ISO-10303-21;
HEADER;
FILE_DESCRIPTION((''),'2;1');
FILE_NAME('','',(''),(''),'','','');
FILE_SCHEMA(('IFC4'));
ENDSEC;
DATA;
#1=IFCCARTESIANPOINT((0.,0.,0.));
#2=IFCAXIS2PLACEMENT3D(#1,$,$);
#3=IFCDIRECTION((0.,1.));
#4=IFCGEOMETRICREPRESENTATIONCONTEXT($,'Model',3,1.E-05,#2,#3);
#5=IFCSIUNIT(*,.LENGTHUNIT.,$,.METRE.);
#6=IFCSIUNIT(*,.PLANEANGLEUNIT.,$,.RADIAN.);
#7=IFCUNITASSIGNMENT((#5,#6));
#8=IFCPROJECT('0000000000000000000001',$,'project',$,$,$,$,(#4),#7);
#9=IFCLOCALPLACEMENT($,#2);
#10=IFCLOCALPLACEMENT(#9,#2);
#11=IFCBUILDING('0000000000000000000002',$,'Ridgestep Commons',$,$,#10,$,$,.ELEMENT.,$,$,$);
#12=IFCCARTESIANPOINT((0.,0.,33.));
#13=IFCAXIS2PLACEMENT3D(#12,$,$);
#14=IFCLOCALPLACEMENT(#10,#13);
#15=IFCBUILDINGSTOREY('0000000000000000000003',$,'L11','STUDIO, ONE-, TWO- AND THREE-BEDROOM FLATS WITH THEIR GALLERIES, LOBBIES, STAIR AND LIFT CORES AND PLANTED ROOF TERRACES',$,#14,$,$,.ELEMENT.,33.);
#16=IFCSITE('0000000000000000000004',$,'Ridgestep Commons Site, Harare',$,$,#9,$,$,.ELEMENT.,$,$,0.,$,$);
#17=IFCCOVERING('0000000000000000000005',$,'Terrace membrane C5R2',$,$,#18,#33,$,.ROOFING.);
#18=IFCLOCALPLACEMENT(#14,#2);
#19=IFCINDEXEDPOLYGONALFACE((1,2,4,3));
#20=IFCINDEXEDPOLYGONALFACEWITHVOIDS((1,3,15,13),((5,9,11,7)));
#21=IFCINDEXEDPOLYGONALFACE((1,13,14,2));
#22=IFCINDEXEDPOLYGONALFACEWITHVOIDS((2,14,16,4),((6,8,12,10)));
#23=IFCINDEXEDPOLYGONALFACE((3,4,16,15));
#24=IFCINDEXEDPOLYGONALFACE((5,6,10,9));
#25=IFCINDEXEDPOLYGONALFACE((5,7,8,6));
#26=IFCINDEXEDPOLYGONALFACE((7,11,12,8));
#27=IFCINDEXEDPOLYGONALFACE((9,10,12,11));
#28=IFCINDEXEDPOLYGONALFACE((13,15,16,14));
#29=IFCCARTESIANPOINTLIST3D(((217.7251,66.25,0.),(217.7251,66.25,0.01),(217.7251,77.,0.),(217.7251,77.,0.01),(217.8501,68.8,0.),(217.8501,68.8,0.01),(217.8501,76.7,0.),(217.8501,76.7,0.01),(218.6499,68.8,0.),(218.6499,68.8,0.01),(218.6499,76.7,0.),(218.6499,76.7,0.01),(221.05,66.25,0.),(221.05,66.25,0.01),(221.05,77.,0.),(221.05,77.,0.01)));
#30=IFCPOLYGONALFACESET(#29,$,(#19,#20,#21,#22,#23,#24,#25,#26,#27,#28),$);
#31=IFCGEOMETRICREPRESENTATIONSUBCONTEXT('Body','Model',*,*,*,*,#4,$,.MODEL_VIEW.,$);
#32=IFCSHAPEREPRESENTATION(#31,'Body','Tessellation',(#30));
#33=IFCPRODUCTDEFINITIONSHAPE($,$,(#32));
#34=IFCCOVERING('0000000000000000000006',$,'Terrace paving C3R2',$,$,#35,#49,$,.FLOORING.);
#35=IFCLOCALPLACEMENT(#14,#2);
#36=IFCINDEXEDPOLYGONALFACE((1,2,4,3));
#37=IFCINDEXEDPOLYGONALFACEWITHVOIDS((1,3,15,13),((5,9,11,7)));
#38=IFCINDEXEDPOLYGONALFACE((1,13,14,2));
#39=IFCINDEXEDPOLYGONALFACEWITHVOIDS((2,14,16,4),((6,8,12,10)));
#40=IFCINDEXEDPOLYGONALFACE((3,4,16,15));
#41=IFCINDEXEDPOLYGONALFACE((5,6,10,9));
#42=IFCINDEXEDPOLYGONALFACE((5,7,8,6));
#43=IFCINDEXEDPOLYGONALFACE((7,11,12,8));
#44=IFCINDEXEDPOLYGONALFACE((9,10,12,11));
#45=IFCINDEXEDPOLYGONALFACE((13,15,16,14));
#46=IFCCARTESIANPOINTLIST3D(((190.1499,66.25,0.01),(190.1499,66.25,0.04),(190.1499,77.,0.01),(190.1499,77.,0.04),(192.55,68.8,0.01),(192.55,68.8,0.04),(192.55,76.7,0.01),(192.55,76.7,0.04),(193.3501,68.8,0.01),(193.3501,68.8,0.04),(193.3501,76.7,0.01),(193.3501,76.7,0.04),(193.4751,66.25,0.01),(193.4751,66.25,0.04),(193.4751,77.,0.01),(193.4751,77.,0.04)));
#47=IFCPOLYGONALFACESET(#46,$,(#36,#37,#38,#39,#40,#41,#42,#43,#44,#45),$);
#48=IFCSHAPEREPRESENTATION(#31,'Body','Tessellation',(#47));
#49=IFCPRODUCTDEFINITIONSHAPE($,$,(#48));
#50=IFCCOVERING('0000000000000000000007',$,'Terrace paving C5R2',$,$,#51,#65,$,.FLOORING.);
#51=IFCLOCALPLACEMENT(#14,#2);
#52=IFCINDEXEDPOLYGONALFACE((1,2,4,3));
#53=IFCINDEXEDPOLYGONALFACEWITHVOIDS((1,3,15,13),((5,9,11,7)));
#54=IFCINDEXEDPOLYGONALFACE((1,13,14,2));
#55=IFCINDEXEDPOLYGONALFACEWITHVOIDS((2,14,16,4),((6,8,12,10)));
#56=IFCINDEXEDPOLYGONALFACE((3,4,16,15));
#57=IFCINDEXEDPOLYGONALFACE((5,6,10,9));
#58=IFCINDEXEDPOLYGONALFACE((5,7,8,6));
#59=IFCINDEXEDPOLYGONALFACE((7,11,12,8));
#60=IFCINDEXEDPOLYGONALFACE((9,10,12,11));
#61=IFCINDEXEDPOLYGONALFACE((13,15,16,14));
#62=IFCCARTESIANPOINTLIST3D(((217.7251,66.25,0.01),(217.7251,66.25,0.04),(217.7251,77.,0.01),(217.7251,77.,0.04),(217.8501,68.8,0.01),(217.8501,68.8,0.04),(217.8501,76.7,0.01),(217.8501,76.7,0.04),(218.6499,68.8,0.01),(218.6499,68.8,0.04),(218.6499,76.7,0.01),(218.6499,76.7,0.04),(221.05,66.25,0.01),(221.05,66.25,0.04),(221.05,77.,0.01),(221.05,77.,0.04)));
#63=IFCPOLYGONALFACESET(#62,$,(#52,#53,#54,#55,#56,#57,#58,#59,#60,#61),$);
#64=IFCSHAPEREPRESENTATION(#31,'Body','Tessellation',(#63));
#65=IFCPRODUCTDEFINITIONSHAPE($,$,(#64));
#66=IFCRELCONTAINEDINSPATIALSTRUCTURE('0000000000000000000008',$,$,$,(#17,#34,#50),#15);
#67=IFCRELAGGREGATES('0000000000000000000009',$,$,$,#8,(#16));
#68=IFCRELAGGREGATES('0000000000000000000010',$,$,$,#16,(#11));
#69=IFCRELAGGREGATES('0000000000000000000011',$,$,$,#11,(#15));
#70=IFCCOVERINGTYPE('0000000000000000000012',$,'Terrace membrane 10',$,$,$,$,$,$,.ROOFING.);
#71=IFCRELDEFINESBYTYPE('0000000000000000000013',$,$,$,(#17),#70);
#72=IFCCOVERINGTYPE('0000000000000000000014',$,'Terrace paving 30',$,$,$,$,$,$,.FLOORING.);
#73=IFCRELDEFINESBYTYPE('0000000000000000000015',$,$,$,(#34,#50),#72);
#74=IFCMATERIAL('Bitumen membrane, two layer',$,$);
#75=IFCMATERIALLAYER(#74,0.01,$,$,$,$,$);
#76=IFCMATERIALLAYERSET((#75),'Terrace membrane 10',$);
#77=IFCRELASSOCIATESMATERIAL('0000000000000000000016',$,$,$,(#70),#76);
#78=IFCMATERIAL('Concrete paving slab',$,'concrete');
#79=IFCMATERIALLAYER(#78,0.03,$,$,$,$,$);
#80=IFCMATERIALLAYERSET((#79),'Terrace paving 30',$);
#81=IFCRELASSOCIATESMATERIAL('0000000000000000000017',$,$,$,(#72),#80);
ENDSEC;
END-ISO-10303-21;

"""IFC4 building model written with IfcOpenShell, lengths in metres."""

from ifc_helpers import new_model, si_unit, direction, frame, origin, place, context, subcontext, project, spatial, polyline, outline, extrude, material, layer, layer_set, type_object, element, save


model = new_model("IFC4")

# Units and contexts
model_context = context("Model", 3, precision=1e-05, world=origin(), true_north=direction((0.0, 1.0)))
body_context = subcontext(model_context, "Body", "Model", "MODEL_VIEW")
ifc_project = project(units=[si_unit("LENGTHUNIT", "METRE"), si_unit("PLANEANGLEUNIT", "RADIAN")], contexts=[model_context])

# Site, building, storey
site_placement = place(None, origin())
site = spatial("IfcSite", under=ifc_project, at=site_placement, Name="Ridgestep Commons Site, Harare", CompositionType="ELEMENT", RefElevation=0.0)
building_placement = place(site_placement, origin())
building = spatial("IfcBuilding", under=site, at=building_placement, Name="Ridgestep Commons", CompositionType="ELEMENT")
storey_placement = place(building_placement, frame((0.0, 0.0, 33.0)))
storey = spatial("IfcBuildingStorey", under=building, at=storey_placement, Name="L11", Description="STUDIO, ONE-, TWO- AND THREE-BEDROOM FLATS WITH THEIR GALLERIES, LOBBIES, STAIR AND LIFT CORES AND PLANTED ROOF TERRACES", CompositionType="ELEMENT", Elevation=33.0)

# Coverings
ifc_material_1 = material(Name="Bitumen membrane, two layer")
ifc_layer_1 = layer(ifc_material_1, 0.01)
ifc_layer_set_1 = layer_set([ifc_layer_1], Name="Terrace membrane 10")
covering_type_1 = type_object("IfcCoveringType", Name="Terrace membrane 10", PredefinedType="ROOFING", material=ifc_layer_set_1)
covering_1_placement = place(storey_placement, origin())
element("IfcCovering", 1, at=covering_1_placement, inside=storey, type_object=covering_type_1, Name="Terrace membrane C5R2", PredefinedType="ROOFING", context=body_context, shape_type="SweptSolid", body=[
    extrude(outline(polyline([(221.05, 66.25), (221.05, 77.0), (217.7251, 77.0), (217.7251, 66.25), (221.05, 66.25)]), holes=[polyline([(218.6499, 68.8), (218.6499, 76.7), (217.8501, 76.7), (217.8501, 68.8), (218.6499, 68.8)])]), origin(), (0.0, 0.0, 1.0), 0.01),
])
ifc_material_2 = material(Name="Concrete paving slab", Category="concrete")
ifc_layer_2 = layer(ifc_material_2, 0.03)
ifc_layer_set_2 = layer_set([ifc_layer_2], Name="Terrace paving 30")
covering_type_2 = type_object("IfcCoveringType", Name="Terrace paving 30", PredefinedType="FLOORING", material=ifc_layer_set_2)
covering_2_placement = place(storey_placement, frame((0.0, 0.0, 0.01)))
element("IfcCovering", 2, at=covering_2_placement, inside=storey, type_object=covering_type_2, Name="Terrace paving C3R2", PredefinedType="FLOORING", context=body_context, shape_type="SweptSolid", body=[
    extrude(outline(polyline([(193.4751, 66.25), (193.4751, 77.0), (190.1499, 77.0), (190.1499, 66.25), (193.4751, 66.25)]), holes=[polyline([(193.3501, 68.8), (193.3501, 76.7), (192.55, 76.7), (192.55, 68.8), (193.3501, 68.8)])]), origin(), (0.0, 0.0, 1.0), 0.03),
])
covering_3_placement = place(storey_placement, frame((0.0, 0.0, 0.01)))
element("IfcCovering", 3, at=covering_3_placement, inside=storey, type_object=covering_type_2, Name="Terrace paving C5R2", PredefinedType="FLOORING", context=body_context, shape_type="SweptSolid", body=[
    extrude(outline(polyline([(221.05, 66.25), (221.05, 77.0), (217.7251, 77.0), (217.7251, 66.25), (221.05, 66.25)]), holes=[polyline([(218.6499, 68.8), (218.6499, 76.7), (217.8501, 76.7), (217.8501, 68.8), (218.6499, 68.8)])]), origin(), (0.0, 0.0, 1.0), 0.03),
])

save(model, "model.ifc")
